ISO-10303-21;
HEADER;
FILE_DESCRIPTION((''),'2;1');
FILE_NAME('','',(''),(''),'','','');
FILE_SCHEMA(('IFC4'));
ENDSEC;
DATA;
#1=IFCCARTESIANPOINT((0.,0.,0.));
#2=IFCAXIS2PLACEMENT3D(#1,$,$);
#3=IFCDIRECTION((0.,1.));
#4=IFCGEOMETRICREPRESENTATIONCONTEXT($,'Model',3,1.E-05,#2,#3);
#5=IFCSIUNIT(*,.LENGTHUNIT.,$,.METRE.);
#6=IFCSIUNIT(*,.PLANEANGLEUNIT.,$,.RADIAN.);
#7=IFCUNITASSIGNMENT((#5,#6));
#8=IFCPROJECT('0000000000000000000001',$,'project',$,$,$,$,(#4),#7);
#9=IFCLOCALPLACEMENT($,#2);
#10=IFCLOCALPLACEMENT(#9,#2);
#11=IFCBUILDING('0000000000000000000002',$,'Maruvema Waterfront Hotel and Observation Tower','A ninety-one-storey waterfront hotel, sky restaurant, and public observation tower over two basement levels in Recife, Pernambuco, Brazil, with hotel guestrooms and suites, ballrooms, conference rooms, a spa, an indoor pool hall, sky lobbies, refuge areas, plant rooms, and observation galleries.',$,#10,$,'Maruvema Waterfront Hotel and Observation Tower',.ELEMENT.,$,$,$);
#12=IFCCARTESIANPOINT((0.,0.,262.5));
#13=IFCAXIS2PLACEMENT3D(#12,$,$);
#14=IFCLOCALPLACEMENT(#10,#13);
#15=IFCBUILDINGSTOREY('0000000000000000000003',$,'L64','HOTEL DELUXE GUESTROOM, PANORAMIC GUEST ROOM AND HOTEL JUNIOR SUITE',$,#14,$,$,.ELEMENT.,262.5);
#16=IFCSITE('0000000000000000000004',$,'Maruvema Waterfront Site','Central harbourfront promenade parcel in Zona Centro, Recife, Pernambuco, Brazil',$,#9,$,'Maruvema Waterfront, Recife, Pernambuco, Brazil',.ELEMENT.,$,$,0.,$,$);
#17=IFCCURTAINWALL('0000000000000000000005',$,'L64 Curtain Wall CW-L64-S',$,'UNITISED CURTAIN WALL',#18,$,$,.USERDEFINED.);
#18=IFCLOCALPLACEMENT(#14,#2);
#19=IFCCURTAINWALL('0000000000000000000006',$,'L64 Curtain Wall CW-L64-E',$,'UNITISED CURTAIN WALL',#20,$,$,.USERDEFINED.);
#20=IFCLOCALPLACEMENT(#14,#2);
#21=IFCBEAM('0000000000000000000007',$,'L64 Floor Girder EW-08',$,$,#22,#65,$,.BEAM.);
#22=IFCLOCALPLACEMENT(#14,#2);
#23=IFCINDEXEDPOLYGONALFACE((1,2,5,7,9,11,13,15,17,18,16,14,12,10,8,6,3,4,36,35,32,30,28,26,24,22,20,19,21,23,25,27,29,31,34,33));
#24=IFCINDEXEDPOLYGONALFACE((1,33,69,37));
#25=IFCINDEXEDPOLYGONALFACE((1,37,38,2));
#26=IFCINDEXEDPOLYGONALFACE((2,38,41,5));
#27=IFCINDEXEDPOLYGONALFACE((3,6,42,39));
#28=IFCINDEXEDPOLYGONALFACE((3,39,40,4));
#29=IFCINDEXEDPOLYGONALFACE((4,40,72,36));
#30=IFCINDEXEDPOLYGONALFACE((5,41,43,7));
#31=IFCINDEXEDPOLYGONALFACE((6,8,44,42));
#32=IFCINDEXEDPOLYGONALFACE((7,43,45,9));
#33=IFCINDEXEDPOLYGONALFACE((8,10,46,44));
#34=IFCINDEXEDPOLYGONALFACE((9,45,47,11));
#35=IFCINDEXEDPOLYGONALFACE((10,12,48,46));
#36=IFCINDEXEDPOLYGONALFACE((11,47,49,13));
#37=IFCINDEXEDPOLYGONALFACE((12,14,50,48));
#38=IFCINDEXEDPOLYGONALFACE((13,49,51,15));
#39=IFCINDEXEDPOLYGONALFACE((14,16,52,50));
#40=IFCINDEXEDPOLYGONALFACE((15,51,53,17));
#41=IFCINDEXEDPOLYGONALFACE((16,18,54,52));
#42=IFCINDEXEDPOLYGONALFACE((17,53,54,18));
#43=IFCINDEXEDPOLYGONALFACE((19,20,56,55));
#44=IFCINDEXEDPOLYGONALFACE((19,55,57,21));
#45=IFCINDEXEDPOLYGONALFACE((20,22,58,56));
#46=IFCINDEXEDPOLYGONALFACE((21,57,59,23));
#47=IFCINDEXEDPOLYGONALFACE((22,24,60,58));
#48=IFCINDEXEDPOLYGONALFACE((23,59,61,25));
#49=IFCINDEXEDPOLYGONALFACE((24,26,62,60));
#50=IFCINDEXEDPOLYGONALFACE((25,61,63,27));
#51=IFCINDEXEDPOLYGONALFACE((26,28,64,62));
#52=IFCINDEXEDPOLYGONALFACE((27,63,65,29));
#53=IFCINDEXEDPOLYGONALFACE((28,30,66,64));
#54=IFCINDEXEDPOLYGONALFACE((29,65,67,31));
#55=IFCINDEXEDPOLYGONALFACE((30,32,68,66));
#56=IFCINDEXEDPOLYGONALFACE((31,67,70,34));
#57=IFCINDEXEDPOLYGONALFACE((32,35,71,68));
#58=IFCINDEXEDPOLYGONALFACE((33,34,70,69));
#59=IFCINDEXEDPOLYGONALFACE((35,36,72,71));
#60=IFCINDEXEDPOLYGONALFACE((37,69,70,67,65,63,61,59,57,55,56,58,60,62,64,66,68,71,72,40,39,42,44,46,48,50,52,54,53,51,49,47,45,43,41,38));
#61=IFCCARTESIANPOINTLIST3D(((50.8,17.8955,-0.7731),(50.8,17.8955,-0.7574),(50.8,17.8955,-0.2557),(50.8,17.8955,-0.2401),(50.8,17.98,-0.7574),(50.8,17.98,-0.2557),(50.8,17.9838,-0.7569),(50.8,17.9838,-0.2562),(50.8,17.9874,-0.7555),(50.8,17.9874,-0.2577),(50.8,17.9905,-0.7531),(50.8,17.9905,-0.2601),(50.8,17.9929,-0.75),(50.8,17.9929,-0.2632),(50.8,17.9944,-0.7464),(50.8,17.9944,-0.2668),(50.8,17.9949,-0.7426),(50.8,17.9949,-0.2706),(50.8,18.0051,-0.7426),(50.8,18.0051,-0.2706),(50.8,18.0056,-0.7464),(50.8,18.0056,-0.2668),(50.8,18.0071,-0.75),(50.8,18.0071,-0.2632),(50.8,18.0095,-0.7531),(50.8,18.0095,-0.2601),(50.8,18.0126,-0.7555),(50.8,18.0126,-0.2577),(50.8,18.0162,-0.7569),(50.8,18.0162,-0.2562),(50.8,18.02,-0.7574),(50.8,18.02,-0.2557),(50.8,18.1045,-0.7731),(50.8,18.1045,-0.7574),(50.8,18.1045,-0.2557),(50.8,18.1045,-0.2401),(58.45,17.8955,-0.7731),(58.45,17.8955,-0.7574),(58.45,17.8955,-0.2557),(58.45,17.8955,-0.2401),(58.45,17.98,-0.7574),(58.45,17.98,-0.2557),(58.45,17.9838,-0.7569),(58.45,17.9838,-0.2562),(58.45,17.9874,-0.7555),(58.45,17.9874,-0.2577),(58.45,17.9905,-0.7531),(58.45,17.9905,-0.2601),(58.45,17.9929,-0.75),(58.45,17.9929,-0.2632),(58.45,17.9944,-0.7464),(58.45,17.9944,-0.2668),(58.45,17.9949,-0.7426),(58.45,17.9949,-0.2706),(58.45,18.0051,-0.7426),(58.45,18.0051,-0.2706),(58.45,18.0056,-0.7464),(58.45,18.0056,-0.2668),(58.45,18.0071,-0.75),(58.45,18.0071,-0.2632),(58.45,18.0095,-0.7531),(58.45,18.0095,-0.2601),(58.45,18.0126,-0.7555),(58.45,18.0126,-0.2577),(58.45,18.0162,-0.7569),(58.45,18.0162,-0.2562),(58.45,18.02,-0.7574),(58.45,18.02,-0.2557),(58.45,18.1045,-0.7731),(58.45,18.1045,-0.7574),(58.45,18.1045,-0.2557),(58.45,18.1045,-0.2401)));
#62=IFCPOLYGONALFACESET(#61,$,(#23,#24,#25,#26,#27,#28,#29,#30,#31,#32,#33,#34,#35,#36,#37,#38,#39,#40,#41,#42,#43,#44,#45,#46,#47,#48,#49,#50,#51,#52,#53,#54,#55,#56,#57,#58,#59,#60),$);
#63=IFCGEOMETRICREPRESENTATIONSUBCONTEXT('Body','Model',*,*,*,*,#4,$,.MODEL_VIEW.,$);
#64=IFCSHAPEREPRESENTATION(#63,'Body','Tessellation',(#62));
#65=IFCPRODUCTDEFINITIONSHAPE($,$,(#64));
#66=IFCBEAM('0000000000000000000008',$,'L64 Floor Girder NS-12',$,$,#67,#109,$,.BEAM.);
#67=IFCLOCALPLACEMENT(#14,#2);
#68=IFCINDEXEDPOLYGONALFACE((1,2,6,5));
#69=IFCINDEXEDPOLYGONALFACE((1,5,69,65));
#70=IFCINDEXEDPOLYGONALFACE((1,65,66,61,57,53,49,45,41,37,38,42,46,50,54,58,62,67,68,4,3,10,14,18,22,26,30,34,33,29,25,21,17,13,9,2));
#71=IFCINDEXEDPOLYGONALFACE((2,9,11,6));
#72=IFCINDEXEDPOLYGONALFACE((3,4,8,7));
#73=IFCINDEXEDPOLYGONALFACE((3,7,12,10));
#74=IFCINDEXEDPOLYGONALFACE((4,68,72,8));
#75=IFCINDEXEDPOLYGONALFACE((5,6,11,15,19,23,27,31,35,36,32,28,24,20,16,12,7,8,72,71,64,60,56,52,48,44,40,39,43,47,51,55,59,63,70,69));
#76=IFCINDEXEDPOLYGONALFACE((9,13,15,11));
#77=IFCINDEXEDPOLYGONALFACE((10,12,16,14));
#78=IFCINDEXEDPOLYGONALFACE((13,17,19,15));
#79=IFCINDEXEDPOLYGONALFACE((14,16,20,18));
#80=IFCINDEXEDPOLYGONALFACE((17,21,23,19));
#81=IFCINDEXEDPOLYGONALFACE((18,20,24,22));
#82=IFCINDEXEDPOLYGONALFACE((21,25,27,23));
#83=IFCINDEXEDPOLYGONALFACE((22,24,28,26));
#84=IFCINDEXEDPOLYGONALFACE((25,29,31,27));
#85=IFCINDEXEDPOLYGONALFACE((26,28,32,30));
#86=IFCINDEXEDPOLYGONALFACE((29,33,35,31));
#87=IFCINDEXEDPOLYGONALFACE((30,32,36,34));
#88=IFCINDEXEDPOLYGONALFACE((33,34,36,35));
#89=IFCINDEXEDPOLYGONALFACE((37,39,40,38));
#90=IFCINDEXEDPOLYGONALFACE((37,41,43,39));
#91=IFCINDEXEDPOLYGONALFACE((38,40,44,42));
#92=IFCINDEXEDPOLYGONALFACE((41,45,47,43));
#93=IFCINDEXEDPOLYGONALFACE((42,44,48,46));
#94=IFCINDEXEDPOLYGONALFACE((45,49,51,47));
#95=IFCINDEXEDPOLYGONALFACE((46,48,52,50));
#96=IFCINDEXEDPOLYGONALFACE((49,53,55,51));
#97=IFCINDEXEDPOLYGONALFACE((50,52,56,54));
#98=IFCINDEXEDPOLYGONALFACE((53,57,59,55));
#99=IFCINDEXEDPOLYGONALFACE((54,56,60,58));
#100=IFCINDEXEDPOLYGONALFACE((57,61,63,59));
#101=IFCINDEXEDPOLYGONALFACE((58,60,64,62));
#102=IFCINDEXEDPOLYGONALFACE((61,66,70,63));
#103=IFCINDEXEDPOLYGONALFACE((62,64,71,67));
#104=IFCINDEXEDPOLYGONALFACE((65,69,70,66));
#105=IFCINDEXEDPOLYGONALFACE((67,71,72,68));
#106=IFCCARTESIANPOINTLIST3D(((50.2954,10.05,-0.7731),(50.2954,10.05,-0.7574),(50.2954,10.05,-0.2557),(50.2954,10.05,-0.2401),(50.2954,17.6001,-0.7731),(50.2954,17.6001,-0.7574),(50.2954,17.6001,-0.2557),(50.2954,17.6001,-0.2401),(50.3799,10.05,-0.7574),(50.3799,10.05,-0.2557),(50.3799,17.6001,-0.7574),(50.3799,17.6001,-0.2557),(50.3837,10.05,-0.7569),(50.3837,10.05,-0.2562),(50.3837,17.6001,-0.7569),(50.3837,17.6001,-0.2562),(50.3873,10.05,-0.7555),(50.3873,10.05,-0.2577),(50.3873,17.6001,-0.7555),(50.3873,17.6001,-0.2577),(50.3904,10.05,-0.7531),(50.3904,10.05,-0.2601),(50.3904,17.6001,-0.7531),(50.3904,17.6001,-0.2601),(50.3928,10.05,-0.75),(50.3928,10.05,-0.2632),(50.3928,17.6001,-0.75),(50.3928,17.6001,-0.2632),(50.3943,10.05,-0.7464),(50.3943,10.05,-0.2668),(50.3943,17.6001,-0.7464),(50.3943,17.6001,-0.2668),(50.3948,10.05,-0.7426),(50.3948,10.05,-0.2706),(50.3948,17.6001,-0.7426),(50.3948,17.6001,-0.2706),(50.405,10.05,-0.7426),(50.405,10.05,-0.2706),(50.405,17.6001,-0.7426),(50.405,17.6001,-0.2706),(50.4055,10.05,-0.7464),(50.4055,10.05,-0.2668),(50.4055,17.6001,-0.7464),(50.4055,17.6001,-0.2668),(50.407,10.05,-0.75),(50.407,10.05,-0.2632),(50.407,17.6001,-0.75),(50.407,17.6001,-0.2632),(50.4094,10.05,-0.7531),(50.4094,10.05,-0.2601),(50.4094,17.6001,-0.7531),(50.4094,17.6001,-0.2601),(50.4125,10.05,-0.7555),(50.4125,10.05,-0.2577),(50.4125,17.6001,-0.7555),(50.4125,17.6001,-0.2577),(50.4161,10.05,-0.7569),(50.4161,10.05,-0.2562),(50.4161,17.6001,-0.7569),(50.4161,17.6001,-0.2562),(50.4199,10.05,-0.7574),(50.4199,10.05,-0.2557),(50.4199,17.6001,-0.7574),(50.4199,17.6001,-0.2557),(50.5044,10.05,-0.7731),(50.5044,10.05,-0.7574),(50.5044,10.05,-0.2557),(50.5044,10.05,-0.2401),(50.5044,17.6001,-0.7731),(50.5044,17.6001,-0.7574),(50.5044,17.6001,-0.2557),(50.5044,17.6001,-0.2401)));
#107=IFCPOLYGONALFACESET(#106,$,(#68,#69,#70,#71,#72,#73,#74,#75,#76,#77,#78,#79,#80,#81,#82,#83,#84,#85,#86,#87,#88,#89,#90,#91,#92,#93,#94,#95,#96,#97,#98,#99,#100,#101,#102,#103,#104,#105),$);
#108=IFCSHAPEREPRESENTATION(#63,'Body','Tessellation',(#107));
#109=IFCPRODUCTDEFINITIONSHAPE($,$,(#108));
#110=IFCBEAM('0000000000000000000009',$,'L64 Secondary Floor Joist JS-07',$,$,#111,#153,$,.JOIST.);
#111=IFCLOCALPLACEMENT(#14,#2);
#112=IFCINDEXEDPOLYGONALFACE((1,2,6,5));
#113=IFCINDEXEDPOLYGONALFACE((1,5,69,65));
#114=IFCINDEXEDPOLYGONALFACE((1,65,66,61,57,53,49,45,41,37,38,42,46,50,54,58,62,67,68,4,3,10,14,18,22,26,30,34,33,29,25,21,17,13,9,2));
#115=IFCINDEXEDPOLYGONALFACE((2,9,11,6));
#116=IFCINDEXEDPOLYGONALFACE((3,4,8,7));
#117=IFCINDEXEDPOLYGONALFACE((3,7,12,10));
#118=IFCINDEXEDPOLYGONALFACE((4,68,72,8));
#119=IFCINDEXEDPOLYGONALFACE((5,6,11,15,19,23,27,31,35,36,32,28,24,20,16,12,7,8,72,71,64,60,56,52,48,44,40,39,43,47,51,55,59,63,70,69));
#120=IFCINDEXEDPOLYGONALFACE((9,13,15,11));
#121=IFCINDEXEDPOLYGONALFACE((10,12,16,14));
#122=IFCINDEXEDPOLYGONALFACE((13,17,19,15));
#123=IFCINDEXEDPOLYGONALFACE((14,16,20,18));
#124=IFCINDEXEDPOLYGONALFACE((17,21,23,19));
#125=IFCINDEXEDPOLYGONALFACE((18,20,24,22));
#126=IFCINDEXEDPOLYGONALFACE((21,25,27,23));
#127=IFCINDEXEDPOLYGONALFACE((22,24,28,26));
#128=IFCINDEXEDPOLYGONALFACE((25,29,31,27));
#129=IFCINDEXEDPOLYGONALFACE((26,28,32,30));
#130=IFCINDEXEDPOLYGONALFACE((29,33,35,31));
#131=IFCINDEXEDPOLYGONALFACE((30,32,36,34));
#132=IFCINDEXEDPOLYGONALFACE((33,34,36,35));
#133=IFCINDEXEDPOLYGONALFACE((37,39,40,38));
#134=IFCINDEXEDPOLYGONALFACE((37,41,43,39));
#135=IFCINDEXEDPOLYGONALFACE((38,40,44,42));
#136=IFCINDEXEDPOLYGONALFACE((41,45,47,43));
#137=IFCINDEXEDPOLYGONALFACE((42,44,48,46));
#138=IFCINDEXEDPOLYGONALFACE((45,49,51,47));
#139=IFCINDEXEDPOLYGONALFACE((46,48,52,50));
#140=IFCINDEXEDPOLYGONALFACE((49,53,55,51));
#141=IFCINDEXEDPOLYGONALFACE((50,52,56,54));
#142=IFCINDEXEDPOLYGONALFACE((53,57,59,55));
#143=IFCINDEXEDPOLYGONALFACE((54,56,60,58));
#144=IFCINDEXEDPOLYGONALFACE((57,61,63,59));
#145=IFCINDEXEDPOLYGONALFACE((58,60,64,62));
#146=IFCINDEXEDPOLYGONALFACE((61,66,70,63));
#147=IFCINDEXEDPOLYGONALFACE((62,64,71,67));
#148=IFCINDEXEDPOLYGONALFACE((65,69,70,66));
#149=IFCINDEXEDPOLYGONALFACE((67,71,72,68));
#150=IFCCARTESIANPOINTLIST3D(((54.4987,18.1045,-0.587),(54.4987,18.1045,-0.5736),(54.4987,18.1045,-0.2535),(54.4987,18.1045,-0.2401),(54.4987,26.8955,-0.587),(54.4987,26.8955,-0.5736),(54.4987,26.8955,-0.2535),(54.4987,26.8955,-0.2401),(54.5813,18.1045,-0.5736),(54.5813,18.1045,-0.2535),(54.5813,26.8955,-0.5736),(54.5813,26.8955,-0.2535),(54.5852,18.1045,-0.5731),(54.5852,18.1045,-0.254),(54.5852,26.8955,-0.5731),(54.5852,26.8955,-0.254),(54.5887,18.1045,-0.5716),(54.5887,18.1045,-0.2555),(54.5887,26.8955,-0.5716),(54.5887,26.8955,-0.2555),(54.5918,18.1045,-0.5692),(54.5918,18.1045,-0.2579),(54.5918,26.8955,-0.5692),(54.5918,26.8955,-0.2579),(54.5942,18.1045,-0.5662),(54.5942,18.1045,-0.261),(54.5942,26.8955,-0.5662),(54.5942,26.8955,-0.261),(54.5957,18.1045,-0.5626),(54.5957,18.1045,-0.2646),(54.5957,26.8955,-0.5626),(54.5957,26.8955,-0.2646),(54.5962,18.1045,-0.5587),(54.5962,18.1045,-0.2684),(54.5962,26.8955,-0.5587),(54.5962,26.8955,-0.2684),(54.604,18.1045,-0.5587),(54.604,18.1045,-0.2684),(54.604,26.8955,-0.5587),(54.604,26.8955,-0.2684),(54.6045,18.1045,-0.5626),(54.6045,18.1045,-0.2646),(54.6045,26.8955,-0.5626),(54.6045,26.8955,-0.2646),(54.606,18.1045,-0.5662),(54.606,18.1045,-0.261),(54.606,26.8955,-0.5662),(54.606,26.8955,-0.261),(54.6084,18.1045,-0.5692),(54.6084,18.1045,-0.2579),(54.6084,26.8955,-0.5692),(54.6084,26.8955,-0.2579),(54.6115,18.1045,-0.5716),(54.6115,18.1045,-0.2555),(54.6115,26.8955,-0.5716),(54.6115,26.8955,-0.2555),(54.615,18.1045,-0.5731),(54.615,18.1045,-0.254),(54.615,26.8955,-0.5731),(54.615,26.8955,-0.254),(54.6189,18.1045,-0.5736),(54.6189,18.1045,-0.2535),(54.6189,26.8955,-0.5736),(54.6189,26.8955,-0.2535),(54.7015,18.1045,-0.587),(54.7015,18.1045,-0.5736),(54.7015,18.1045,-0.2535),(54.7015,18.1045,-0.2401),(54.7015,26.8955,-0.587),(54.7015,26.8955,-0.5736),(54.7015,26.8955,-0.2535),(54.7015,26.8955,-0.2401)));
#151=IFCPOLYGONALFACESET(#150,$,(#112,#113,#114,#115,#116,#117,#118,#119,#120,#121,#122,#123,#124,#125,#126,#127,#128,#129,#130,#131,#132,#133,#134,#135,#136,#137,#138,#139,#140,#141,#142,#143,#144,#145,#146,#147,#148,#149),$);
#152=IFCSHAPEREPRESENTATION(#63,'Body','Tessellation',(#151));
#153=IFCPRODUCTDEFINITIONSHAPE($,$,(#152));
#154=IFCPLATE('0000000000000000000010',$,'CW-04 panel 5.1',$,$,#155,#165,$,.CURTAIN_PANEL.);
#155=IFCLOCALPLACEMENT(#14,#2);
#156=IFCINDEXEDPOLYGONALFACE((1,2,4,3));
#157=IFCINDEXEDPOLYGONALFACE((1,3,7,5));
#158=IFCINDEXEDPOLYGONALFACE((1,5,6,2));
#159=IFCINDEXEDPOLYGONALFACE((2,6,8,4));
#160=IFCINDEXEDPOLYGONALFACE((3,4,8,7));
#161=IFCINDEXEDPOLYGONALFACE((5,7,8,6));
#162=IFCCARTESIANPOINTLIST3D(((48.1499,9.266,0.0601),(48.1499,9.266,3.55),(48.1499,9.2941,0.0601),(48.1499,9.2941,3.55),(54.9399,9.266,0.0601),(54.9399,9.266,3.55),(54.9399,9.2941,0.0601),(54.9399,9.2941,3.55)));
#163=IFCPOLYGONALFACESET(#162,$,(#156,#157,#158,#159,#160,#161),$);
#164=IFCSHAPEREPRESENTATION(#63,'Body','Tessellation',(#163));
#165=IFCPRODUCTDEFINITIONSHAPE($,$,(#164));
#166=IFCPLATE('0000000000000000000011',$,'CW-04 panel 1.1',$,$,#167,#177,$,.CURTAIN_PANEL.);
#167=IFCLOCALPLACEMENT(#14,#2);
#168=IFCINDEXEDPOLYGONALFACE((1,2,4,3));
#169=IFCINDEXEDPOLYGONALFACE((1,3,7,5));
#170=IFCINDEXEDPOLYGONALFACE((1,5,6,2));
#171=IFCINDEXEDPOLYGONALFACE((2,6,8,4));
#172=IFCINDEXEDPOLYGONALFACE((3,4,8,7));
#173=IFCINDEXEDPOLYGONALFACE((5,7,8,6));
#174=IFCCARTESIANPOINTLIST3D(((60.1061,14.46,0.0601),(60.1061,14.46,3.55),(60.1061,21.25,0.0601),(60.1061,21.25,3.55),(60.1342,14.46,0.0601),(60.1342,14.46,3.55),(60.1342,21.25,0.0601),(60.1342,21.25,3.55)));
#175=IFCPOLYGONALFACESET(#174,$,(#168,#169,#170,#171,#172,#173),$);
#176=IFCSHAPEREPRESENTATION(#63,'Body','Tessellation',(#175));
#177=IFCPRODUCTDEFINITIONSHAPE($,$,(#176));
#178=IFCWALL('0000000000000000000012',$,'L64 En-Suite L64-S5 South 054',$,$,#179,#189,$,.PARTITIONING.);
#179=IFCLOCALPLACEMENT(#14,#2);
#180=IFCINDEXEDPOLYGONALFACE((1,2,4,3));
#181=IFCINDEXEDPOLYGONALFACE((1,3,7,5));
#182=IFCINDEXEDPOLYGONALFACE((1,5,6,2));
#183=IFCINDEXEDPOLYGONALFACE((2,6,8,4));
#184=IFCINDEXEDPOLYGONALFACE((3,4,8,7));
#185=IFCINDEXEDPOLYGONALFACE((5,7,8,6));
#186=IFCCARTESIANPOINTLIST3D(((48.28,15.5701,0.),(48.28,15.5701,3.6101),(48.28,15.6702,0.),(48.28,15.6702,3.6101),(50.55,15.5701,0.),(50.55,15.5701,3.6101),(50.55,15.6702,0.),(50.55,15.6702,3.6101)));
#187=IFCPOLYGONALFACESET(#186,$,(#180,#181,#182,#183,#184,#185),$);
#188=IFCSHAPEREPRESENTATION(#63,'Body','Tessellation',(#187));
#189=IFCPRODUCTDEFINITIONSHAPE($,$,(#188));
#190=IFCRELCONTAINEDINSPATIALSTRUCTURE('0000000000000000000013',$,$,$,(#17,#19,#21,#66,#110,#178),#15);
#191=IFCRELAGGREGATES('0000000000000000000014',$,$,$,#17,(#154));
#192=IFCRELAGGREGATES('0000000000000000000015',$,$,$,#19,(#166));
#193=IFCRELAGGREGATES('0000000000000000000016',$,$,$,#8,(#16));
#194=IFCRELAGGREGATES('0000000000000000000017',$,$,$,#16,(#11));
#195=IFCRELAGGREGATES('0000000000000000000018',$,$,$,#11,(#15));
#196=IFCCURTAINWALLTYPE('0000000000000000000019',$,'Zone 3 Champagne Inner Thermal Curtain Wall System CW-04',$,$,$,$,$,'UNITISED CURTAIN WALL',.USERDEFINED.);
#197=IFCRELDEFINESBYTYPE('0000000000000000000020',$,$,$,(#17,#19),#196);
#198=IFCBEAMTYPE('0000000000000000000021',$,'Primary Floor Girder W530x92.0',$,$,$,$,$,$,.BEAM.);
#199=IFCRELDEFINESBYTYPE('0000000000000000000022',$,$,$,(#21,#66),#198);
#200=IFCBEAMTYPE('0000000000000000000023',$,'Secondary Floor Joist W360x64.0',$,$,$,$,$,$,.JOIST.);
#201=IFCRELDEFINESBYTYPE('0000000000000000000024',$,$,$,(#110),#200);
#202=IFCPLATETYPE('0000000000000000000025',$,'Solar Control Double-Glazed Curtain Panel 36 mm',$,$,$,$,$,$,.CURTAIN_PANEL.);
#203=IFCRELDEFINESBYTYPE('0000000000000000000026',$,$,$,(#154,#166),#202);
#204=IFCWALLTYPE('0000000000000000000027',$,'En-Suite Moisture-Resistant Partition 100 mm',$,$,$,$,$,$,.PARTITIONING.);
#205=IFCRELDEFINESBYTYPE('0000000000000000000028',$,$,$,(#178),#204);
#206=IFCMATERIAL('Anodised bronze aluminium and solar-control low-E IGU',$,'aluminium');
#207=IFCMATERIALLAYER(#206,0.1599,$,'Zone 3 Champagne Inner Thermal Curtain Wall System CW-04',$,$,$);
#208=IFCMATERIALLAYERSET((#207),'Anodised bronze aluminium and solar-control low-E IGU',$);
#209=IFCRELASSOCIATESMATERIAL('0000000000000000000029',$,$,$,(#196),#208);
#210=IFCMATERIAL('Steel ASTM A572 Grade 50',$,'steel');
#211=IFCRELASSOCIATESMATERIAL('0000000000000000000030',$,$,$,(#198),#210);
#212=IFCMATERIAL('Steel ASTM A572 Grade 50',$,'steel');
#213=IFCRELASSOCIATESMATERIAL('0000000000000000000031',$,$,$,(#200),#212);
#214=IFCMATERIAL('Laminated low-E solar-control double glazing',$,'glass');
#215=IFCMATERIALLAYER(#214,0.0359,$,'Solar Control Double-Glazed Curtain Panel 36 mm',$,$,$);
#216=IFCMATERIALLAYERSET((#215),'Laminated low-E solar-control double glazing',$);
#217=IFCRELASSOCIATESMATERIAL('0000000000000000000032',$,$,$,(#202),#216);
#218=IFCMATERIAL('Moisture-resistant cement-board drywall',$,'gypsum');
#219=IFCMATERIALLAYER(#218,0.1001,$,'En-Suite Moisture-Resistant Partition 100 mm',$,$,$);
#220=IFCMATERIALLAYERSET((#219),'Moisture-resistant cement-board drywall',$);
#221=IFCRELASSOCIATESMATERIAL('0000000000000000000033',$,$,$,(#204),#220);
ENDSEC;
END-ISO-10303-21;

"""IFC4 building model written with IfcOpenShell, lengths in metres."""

from ifc_helpers import new_model, si_unit, direction, frame, frame_2d, origin, origin_2d, place, context, subcontext, project, spatial, rectangle, i_section, extrude, material, layer, layer_set, material_profile, profile_set, type_object, element, aggregate, save


model = new_model("IFC4")

# Units and contexts
model_context = context("Model", 3, precision=1e-05, world=origin(), true_north=direction((0.0, 1.0)))
body_context = subcontext(model_context, "Body", "Model", "MODEL_VIEW")
ifc_project = project(units=[si_unit("LENGTHUNIT", "METRE"), si_unit("PLANEANGLEUNIT", "RADIAN")], contexts=[model_context])

# Site, building, storey
site_placement = place(None, origin())
site = spatial("IfcSite", under=ifc_project, at=site_placement, Name="Maruvema Waterfront Site", Description="Central harbourfront promenade parcel in Zona Centro, Recife, Pernambuco, Brazil", LongName="Maruvema Waterfront, Recife, Pernambuco, Brazil", CompositionType="ELEMENT", RefElevation=0.0)
building_placement = place(site_placement, origin())
building = spatial("IfcBuilding", under=site, at=building_placement, Name="Maruvema Waterfront Hotel and Observation Tower", Description="A ninety-one-storey waterfront hotel, sky restaurant, and public observation tower over two basement levels in Recife, Pernambuco, Brazil, with hotel guestrooms and suites, ballrooms, conference rooms, a spa, an indoor pool hall, sky lobbies, refuge areas, plant rooms, and observation galleries.", LongName="Maruvema Waterfront Hotel and Observation Tower", CompositionType="ELEMENT")
storey_placement = place(building_placement, frame((0.0, 0.0, 262.5)))
storey = spatial("IfcBuildingStorey", under=building, at=storey_placement, Name="L64", Description="HOTEL DELUXE GUESTROOM, PANORAMIC GUEST ROOM AND HOTEL JUNIOR SUITE", CompositionType="ELEMENT", Elevation=262.5)

# Curtain walls
ifc_material_1 = material(Name="Anodised bronze aluminium and solar-control low-E IGU", Category="aluminium")
ifc_layer_1 = layer(ifc_material_1, 0.1599, Name="Zone 3 Champagne Inner Thermal Curtain Wall System CW-04")
ifc_layer_set_1 = layer_set([ifc_layer_1], Name="Anodised bronze aluminium and solar-control low-E IGU")
curtain_wall_type = type_object("IfcCurtainWallType", Name="Zone 3 Champagne Inner Thermal Curtain Wall System CW-04", ElementType="UNITISED CURTAIN WALL", PredefinedType="USERDEFINED", material=ifc_layer_set_1)
curtain_wall_1_placement = place(storey_placement, origin())
curtain_wall_1 = element("IfcCurtainWall", 1, at=curtain_wall_1_placement, inside=storey, type_object=curtain_wall_type, Name="L64 Curtain Wall CW-L64-S", ObjectType="UNITISED CURTAIN WALL", PredefinedType="USERDEFINED")
curtain_wall_2_placement = place(storey_placement, origin())
curtain_wall_2 = element("IfcCurtainWall", 2, at=curtain_wall_2_placement, inside=storey, type_object=curtain_wall_type, Name="L64 Curtain Wall CW-L64-E", ObjectType="UNITISED CURTAIN WALL", PredefinedType="USERDEFINED")

# Beams
ifc_material_2 = material(Name="Steel ASTM A572 Grade 50", Category="steel")
ifc_material_profile_1 = material_profile(ifc_material_2, i_section(OverallWidth=0.209, OverallDepth=0.533, WebThickness=0.0103, FlangeThickness=0.0156, FilletRadius=0.0149, at=origin_2d()), Name="W530x92.0")
ifc_profile_set_1 = profile_set([ifc_material_profile_1], Name="Steel ASTM A572 Grade 50")
beam_type_1 = type_object("IfcBeamType", Name="Primary Floor Girder W530x92.0", PredefinedType="BEAM", material=ifc_profile_set_1)
beam_1_placement = place(storey_placement, frame((50.8, 18.0, -0.5066), z_axis=(1.0, 0.0, 0.0), x_axis=(0.0, 1.0, 0.0)))
element("IfcBeam", 3, at=beam_1_placement, inside=storey, type_object=beam_type_1, Name="L64 Floor Girder EW-08", PredefinedType="BEAM", context=body_context, shape_type="SweptSolid", body=[
    extrude(i_section(OverallWidth=0.209, OverallDepth=0.533, WebThickness=0.0103, FlangeThickness=0.0156, FilletRadius=0.0149, at=origin_2d()), origin(), (0.0, 0.0, 1.0), 7.6499),
])
beam_2_placement = place(storey_placement, frame((50.3999, 10.05, -0.5066), z_axis=(0.0, 1.0, 0.0), x_axis=(-1.0, 0.0, 0.0)))
element("IfcBeam", 4, at=beam_2_placement, inside=storey, type_object=beam_type_1, Name="L64 Floor Girder NS-12", PredefinedType="BEAM", context=body_context, shape_type="SweptSolid", body=[
    extrude(i_section(OverallWidth=0.209, OverallDepth=0.533, WebThickness=0.0103, FlangeThickness=0.0156, FilletRadius=0.0149, at=origin_2d()), origin(), (0.0, 0.0, 1.0), 7.55),
])
ifc_material_3 = material(Name="Steel ASTM A572 Grade 50", Category="steel")
ifc_material_profile_2 = material_profile(ifc_material_3, i_section(OverallWidth=0.2029, OverallDepth=0.3469, WebThickness=0.0078, FlangeThickness=0.0134, FilletRadius=0.0149, at=origin_2d()), Name="W360x64.0")
ifc_profile_set_2 = profile_set([ifc_material_profile_2], Name="Steel ASTM A572 Grade 50")
beam_type_2 = type_object("IfcBeamType", Name="Secondary Floor Joist W360x64.0", PredefinedType="JOIST", material=ifc_profile_set_2)
beam_3_placement = place(storey_placement, frame((54.6001, 18.1045, -0.4136), z_axis=(0.0, 1.0, 0.0), x_axis=(-1.0, 0.0, 0.0)))
element("IfcBeam", 5, at=beam_3_placement, inside=storey, type_object=beam_type_2, Name="L64 Secondary Floor Joist JS-07", PredefinedType="JOIST", context=body_context, shape_type="SweptSolid", body=[
    extrude(i_section(OverallWidth=0.2029, OverallDepth=0.3469, WebThickness=0.0078, FlangeThickness=0.0134, FilletRadius=0.0149, at=origin_2d()), origin(), (0.0, 0.0, 1.0), 8.791),
])

# Plates
ifc_material_4 = material(Name="Laminated low-E solar-control double glazing", Category="glass")
ifc_layer_2 = layer(ifc_material_4, 0.0359, Name="Solar Control Double-Glazed Curtain Panel 36 mm")
ifc_layer_set_2 = layer_set([ifc_layer_2], Name="Laminated low-E solar-control double glazing")
plate_type = type_object("IfcPlateType", Name="Solar Control Double-Glazed Curtain Panel 36 mm", PredefinedType="CURTAIN_PANEL", material=ifc_layer_set_2)
plate_1_placement = place(storey_placement, frame((51.5449, 9.28, 0.0601), z_axis=(0.0, 0.0, 1.0), x_axis=(1.0, 0.0, 0.0)))
plate_1 = element("IfcPlate", 6, at=plate_1_placement, type_object=plate_type, Name="CW-04 panel 5.1", PredefinedType="CURTAIN_PANEL", context=body_context, shape_type="SweptSolid", body=[
    extrude(rectangle(XDim=6.79, YDim=0.0281, at=origin_2d()), origin(), (0.0, 0.0, 1.0), 3.49),
])
aggregate(curtain_wall_1, [plate_1])
plate_2_placement = place(storey_placement, frame((60.1201, 17.855, 0.0601), z_axis=(0.0, 0.0, 1.0), x_axis=(0.0, 1.0, 0.0)))
plate_2 = element("IfcPlate", 7, at=plate_2_placement, type_object=plate_type, Name="CW-04 panel 1.1", PredefinedType="CURTAIN_PANEL", context=body_context, shape_type="SweptSolid", body=[
    extrude(rectangle(XDim=6.79, YDim=0.0281, at=origin_2d()), origin(), (0.0, 0.0, 1.0), 3.49),
])
aggregate(curtain_wall_2, [plate_2])

# Wall
ifc_material_5 = material(Name="Moisture-resistant cement-board drywall", Category="gypsum")
ifc_layer_3 = layer(ifc_material_5, 0.1001, Name="En-Suite Moisture-Resistant Partition 100 mm")
ifc_layer_set_3 = layer_set([ifc_layer_3], Name="Moisture-resistant cement-board drywall")
wall_type_1 = type_object("IfcWallType", Name="En-Suite Moisture-Resistant Partition 100 mm", PredefinedType="PARTITIONING", material=ifc_layer_set_3)
wall_1_placement = place(storey_placement, frame((48.28, 15.6201, 0.0), z_axis=(0.0, 0.0, 1.0), x_axis=(1.0, 0.0, 0.0)))
element("IfcWall", 8, at=wall_1_placement, inside=storey, type_object=wall_type_1, Name="L64 En-Suite L64-S5 South 054", PredefinedType="PARTITIONING", context=body_context, shape_type="SweptSolid", body=[
    extrude(rectangle(XDim=2.27, YDim=0.1001, at=frame_2d((1.135, 0.0))), origin(), (0.0, 0.0, 1.0), 3.6101),
])

save(model, "model.ifc")
